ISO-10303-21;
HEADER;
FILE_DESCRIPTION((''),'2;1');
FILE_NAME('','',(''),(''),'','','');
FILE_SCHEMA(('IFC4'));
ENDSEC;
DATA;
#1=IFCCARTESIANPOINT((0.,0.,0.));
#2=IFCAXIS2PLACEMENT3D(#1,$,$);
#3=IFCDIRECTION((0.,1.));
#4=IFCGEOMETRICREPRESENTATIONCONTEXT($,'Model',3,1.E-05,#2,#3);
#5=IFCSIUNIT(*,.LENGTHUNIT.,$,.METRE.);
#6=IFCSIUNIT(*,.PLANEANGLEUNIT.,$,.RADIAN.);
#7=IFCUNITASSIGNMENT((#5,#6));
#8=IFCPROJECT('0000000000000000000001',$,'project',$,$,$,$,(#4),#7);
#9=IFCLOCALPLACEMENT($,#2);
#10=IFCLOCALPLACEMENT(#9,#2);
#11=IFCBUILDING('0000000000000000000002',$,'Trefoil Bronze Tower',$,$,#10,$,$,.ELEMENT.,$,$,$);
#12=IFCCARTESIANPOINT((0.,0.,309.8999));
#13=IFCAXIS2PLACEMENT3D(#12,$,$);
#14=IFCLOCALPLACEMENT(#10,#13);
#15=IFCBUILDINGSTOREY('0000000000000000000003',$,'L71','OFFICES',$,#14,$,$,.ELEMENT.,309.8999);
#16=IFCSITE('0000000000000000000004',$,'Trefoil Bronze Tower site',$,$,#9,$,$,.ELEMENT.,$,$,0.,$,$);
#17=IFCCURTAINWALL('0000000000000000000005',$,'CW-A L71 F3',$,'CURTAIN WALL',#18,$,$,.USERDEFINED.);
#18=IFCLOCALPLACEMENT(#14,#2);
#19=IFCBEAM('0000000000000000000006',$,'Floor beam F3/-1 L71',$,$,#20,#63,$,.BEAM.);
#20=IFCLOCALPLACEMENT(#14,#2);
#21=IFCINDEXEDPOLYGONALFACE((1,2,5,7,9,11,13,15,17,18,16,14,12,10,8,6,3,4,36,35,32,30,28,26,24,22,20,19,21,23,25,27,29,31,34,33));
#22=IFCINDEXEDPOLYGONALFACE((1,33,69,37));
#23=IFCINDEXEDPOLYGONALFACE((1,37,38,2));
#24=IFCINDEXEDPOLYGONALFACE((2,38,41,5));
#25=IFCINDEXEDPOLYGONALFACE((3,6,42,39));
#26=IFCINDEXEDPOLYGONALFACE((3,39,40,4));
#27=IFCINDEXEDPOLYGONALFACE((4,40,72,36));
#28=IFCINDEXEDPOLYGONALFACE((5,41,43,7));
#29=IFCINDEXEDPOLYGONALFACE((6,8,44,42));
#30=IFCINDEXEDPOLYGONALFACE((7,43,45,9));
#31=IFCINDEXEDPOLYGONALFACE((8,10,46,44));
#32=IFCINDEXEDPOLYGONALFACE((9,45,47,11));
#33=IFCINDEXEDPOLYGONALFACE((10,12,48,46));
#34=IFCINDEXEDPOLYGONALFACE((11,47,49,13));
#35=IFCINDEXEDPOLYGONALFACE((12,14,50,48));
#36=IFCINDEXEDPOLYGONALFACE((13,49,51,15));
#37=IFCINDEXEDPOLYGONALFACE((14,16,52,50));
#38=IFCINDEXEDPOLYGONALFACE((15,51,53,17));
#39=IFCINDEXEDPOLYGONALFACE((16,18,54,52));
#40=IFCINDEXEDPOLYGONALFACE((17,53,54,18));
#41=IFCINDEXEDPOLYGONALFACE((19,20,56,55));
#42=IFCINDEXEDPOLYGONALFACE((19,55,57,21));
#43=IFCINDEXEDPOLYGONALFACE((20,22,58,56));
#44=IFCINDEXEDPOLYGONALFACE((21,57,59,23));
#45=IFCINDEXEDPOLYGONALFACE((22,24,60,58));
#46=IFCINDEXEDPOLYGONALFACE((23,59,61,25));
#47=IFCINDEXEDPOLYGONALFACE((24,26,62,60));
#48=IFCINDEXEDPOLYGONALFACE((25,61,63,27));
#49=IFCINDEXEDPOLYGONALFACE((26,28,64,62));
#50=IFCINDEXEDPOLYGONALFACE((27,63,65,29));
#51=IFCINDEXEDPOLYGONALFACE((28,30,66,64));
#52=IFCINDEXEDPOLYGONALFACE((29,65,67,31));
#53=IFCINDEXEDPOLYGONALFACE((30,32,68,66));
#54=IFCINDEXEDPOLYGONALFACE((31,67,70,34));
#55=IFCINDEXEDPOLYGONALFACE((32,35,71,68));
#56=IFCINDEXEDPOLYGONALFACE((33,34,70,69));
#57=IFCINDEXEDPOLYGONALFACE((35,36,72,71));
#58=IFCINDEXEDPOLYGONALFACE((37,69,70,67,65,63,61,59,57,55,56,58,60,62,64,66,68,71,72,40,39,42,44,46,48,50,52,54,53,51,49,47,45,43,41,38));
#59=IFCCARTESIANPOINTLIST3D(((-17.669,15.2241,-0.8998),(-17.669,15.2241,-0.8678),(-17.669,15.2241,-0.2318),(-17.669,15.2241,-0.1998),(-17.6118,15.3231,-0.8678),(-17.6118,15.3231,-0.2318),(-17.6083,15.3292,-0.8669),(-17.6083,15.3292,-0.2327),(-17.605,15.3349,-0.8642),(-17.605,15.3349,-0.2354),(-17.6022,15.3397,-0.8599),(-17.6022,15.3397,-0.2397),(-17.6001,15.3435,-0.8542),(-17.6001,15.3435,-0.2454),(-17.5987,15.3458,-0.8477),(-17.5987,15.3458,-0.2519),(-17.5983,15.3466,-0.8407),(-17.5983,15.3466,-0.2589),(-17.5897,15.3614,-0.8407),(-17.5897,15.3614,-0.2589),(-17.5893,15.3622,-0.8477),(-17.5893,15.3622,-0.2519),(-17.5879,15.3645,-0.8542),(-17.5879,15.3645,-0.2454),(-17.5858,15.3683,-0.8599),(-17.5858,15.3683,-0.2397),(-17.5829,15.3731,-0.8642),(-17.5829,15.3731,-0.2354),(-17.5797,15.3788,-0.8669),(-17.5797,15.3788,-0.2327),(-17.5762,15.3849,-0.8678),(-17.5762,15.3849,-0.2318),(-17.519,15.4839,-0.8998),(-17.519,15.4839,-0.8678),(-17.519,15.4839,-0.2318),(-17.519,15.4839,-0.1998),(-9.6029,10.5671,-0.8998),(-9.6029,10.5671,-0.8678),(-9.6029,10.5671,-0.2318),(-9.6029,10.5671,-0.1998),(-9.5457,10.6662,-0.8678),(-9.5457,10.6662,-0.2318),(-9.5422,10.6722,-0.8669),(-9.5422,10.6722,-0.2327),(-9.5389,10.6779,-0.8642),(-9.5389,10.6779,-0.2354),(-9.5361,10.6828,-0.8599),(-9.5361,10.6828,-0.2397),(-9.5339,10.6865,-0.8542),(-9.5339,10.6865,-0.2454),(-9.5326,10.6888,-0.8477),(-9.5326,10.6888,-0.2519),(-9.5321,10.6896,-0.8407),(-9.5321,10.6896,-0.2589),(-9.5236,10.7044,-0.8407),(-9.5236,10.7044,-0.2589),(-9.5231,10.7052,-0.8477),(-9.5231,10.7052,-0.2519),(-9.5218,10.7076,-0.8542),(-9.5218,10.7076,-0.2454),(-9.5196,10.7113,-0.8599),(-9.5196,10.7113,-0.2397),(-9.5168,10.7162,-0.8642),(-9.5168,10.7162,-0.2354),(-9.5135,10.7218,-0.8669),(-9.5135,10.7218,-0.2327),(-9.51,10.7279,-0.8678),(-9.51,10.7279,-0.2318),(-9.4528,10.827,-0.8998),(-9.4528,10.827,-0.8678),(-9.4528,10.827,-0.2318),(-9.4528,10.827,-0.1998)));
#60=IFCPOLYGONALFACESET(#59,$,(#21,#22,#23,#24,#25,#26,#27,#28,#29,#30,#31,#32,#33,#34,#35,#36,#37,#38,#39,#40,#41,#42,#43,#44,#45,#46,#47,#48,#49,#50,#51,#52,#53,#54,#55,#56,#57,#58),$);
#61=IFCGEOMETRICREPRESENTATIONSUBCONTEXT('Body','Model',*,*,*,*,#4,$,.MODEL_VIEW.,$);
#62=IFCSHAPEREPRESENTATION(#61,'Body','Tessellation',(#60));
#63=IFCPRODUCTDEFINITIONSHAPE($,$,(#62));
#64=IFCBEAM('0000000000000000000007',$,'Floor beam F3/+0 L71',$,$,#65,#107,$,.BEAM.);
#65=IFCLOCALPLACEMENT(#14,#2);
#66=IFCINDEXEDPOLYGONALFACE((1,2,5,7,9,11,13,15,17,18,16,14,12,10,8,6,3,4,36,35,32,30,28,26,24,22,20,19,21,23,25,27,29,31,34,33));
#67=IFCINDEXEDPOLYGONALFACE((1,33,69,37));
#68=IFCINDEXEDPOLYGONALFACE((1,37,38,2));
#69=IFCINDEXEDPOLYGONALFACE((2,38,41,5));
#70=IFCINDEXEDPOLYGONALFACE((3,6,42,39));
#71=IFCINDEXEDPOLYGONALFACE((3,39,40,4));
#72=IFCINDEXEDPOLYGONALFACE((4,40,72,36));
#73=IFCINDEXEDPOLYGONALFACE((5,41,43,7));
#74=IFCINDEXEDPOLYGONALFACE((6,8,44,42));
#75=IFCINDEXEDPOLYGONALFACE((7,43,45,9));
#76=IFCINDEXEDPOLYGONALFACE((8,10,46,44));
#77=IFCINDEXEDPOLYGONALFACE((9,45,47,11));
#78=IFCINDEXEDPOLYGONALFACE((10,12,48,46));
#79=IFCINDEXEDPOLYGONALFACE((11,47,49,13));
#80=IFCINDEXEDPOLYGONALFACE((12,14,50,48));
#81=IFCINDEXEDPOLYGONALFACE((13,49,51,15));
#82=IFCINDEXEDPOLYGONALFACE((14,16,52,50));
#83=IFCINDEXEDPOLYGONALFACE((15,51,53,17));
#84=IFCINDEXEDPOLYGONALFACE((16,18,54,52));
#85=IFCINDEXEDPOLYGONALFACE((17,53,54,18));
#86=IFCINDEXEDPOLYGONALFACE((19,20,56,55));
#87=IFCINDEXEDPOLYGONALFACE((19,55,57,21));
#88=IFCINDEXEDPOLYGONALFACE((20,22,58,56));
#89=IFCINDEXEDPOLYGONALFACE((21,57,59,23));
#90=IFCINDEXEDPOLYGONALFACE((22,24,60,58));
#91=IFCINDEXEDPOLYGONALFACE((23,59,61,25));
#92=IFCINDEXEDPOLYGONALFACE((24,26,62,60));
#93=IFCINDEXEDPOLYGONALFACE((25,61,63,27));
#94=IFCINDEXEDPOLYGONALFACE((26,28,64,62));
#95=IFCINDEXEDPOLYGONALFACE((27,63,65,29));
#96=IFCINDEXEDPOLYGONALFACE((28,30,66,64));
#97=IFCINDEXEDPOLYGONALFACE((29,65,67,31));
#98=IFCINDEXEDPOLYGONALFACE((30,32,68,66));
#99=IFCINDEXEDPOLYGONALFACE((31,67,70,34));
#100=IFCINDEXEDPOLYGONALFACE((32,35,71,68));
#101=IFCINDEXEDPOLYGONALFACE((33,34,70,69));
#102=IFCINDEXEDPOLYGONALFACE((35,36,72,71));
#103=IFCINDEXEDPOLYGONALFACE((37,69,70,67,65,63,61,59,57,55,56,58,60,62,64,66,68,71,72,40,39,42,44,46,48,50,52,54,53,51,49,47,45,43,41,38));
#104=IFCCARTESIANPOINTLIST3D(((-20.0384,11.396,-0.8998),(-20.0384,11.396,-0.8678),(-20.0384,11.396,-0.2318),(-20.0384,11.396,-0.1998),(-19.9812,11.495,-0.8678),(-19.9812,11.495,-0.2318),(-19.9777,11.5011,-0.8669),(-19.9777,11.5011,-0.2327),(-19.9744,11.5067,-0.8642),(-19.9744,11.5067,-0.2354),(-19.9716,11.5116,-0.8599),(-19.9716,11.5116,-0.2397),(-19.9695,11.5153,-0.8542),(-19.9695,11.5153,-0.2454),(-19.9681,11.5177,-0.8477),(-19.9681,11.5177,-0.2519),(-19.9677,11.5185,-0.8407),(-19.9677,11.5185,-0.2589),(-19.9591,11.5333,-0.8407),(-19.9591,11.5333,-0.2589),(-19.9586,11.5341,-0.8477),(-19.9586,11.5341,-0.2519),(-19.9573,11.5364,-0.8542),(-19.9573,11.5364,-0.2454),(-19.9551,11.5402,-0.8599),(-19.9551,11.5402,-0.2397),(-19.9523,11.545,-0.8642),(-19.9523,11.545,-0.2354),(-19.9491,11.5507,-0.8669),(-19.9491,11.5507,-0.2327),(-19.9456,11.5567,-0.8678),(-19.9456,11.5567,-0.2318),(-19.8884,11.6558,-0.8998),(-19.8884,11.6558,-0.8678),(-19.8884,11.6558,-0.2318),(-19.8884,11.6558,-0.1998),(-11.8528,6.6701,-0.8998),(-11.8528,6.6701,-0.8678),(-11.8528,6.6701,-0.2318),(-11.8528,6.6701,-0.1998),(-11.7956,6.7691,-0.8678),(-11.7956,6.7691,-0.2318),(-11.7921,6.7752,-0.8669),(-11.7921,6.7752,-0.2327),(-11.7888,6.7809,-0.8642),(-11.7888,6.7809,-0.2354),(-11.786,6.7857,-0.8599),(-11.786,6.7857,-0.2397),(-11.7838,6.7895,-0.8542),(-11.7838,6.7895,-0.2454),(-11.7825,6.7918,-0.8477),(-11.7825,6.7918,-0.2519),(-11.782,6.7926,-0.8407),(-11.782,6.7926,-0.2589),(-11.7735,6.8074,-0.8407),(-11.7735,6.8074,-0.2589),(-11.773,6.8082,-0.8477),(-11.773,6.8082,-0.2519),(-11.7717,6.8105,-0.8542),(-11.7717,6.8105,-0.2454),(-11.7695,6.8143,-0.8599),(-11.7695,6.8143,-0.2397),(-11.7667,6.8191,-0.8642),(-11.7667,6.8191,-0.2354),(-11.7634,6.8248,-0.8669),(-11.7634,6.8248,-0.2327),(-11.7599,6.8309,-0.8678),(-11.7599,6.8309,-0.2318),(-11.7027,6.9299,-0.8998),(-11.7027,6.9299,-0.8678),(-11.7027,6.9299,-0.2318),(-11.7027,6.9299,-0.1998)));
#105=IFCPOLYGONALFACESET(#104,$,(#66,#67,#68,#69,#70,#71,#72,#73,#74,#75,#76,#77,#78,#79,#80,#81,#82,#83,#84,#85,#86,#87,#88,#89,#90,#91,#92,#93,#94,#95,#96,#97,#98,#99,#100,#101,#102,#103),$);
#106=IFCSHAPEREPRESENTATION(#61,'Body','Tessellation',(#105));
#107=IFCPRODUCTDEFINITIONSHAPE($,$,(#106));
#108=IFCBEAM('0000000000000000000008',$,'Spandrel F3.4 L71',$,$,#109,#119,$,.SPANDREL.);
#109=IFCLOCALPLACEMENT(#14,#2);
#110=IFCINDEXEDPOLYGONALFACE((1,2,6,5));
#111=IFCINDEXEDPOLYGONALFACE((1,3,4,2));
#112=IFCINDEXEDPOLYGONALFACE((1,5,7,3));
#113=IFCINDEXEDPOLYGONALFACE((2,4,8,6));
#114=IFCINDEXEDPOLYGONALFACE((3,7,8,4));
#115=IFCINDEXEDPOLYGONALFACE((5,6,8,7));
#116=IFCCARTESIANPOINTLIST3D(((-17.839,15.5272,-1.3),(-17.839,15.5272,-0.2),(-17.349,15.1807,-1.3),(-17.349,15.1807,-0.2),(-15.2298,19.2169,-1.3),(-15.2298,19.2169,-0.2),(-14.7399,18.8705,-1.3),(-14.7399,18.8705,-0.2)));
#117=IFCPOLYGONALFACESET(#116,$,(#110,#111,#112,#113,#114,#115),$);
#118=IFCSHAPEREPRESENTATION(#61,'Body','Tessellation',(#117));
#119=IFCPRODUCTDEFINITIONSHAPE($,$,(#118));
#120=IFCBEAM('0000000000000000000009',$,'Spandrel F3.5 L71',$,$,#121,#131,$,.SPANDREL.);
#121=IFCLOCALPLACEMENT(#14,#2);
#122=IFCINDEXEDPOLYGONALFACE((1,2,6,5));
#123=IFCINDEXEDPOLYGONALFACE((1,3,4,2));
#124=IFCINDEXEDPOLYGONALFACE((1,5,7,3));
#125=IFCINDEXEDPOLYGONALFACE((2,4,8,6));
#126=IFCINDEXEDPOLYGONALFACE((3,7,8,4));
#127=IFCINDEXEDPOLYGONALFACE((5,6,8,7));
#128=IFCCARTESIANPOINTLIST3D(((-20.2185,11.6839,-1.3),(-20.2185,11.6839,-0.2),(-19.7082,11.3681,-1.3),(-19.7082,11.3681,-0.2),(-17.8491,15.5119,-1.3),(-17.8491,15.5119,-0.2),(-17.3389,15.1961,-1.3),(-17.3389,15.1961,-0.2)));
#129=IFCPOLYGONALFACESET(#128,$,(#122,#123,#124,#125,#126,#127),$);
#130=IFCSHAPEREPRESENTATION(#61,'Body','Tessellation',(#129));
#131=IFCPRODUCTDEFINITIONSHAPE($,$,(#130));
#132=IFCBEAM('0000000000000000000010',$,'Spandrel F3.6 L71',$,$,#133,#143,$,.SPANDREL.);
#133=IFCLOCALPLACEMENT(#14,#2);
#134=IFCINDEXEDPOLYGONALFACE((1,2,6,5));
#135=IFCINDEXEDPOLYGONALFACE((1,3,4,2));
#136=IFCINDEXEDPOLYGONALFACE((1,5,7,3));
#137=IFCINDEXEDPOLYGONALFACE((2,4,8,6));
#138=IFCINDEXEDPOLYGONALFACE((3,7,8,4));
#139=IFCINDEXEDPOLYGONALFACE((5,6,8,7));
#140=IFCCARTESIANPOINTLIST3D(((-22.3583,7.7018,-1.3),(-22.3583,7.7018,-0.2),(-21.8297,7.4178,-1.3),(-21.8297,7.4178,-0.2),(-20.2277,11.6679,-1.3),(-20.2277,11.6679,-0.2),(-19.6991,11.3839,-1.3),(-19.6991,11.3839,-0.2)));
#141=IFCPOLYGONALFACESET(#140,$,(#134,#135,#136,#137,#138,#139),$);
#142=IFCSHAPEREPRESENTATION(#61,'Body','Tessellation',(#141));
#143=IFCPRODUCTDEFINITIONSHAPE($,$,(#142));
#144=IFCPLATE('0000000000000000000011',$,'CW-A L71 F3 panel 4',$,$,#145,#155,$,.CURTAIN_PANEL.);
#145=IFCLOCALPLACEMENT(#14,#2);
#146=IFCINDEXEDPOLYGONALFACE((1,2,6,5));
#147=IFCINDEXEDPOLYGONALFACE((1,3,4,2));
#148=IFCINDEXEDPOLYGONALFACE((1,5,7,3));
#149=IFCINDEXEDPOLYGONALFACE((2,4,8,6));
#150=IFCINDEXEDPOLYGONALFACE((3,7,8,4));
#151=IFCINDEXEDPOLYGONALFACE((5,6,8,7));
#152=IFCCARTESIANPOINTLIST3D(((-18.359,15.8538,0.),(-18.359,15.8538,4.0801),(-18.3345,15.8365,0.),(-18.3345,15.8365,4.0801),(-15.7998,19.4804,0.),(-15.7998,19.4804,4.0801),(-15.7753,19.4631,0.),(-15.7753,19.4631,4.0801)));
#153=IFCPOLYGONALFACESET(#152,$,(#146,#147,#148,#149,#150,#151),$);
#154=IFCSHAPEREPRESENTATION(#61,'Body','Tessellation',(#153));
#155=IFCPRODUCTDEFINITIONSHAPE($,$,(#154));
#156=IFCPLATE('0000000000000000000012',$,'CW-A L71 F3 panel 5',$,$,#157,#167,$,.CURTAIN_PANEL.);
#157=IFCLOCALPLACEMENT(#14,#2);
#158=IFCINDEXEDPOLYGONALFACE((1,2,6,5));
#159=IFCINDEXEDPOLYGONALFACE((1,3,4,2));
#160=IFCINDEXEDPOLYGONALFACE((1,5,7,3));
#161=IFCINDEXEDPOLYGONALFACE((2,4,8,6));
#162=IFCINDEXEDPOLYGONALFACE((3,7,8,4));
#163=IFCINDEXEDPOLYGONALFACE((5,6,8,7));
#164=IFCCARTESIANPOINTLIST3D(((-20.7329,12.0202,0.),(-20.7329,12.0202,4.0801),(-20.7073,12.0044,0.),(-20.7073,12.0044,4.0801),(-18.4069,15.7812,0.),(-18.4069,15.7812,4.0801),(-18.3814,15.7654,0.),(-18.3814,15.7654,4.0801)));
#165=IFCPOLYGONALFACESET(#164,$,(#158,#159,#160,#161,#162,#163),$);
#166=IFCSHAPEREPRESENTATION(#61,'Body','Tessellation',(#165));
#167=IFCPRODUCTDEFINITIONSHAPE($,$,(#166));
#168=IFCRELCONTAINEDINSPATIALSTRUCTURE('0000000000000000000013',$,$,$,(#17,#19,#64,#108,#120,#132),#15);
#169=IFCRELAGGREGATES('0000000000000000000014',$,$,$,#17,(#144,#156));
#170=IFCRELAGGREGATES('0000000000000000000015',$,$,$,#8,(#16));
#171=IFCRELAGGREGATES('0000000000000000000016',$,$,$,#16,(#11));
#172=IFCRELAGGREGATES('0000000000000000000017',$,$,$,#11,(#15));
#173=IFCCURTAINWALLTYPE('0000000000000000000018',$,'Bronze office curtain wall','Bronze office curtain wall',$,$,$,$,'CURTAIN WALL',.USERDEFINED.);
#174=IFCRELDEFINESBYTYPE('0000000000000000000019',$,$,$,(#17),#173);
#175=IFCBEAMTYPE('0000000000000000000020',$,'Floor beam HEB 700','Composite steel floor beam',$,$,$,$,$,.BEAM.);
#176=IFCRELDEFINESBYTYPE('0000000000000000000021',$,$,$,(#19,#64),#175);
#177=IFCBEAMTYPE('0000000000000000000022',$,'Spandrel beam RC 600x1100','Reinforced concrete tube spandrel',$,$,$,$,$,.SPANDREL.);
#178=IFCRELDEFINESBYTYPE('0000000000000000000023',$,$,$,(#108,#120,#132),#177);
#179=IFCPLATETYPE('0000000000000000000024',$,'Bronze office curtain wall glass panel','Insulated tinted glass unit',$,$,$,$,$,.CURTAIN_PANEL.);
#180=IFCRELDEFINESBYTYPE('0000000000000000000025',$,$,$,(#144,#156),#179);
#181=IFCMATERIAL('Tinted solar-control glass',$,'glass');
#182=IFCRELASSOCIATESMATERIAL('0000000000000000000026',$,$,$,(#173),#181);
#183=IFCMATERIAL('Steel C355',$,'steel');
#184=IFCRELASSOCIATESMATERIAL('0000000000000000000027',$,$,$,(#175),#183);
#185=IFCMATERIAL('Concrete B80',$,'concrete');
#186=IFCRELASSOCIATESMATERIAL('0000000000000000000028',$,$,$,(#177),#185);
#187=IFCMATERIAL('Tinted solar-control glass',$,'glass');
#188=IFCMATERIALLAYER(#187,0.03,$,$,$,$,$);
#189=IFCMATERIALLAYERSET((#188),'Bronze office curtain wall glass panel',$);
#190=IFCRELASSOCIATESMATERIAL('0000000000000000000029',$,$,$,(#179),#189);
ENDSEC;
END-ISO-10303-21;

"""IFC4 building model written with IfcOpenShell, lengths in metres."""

from ifc_helpers import new_model, si_unit, direction, frame, origin, origin_2d, place, context, subcontext, project, spatial, rectangle, i_section, extrude, material, layer, layer_set, material_profile, profile_set, type_object, element, aggregate, save


model = new_model("IFC4")

# Units and contexts
model_context = context("Model", 3, precision=1e-05, world=origin(), true_north=direction((0.0, 1.0)))
body_context = subcontext(model_context, "Body", "Model", "MODEL_VIEW")
ifc_project = project(units=[si_unit("LENGTHUNIT", "METRE"), si_unit("PLANEANGLEUNIT", "RADIAN")], contexts=[model_context])

# Site, building, storey
site_placement = place(None, origin())
site = spatial("IfcSite", under=ifc_project, at=site_placement, Name="Trefoil Bronze Tower site", CompositionType="ELEMENT", RefElevation=0.0)
building_placement = place(site_placement, origin())
building = spatial("IfcBuilding", under=site, at=building_placement, Name="Trefoil Bronze Tower", CompositionType="ELEMENT")
storey_placement = place(building_placement, frame((0.0, 0.0, 309.8999)))
storey = spatial("IfcBuildingStorey", under=building, at=storey_placement, Name="L71", Description="OFFICES", CompositionType="ELEMENT", Elevation=309.8999)

# Curtain wall
ifc_material_1 = material(Name="Tinted solar-control glass", Category="glass")
curtain_wall_type = type_object("IfcCurtainWallType", Name="Bronze office curtain wall", Description="Bronze office curtain wall", ElementType="CURTAIN WALL", PredefinedType="USERDEFINED", material=ifc_material_1)
curtain_wall_placement = place(storey_placement, origin())
curtain_wall = element("IfcCurtainWall", 1, at=curtain_wall_placement, inside=storey, type_object=curtain_wall_type, Name="CW-A L71 F3", ObjectType="CURTAIN WALL", PredefinedType="USERDEFINED")

# Beams
ifc_material_2 = material(Name="Steel C355", Category="steel")
ifc_material_profile_1 = material_profile(ifc_material_2, i_section(OverallWidth=0.3, OverallDepth=0.7, WebThickness=0.0171, FlangeThickness=0.032, FilletRadius=0.0271, at=origin_2d()), Name="HEB 700")
ifc_profile_set_1 = profile_set([ifc_material_profile_1], Name="Steel C355")
beam_type_1 = type_object("IfcBeamType", Name="Floor beam HEB 700", Description="Composite steel floor beam", PredefinedType="BEAM", material=ifc_profile_set_1)
beam_1_placement = place(storey_placement, frame((-17.594, 15.354, -0.5498), z_axis=(0.866026, -0.499999, 0.0), x_axis=(0.499999, 0.866026, 0.0)))
element("IfcBeam", 2, at=beam_1_placement, inside=storey, type_object=beam_type_1, Name="Floor beam F3/-1 L71", PredefinedType="BEAM", context=body_context, shape_type="SweptSolid", body=[
    extrude(i_section(OverallWidth=0.3, OverallDepth=0.7, WebThickness=0.0171, FlangeThickness=0.032, FilletRadius=0.0271, at=origin_2d()), origin(), (0.0, 0.0, 1.0), 9.314),
])
beam_2_placement = place(storey_placement, frame((-19.9634, 11.5259, -0.5498), z_axis=(0.86603, -0.499992, 0.0), x_axis=(0.499992, 0.86603, 0.0)))
element("IfcBeam", 3, at=beam_2_placement, inside=storey, type_object=beam_type_1, Name="Floor beam F3/+0 L71", PredefinedType="BEAM", context=body_context, shape_type="SweptSolid", body=[
    extrude(i_section(OverallWidth=0.3, OverallDepth=0.7, WebThickness=0.0171, FlangeThickness=0.032, FilletRadius=0.0271, at=origin_2d()), origin(), (0.0, 0.0, 1.0), 9.4519),
])
ifc_material_3 = material(Name="Concrete B80", Category="concrete")
ifc_material_profile_2 = material_profile(ifc_material_3, rectangle(XDim=0.6001, YDim=1.1001, at=origin_2d()), Name="RC 600x1100")
ifc_profile_set_2 = profile_set([ifc_material_profile_2], Name="Concrete B80")
beam_type_2 = type_object("IfcBeamType", Name="Spandrel beam RC 600x1100", Description="Reinforced concrete tube spandrel", PredefinedType="SPANDREL", material=ifc_profile_set_2)
beam_3_placement = place(storey_placement, frame((-14.9849, 19.0437, -0.75), z_axis=(-0.577368, -0.816484, 0.0), x_axis=(0.816484, -0.577368, 0.0)))
element("IfcBeam", 4, at=beam_3_placement, inside=storey, type_object=beam_type_2, Name="Spandrel F3.4 L71", PredefinedType="SPANDREL", context=body_context, shape_type="SweptSolid", body=[
    extrude(rectangle(XDim=0.6001, YDim=1.1001, at=origin_2d()), origin(), (0.0, 0.0, 1.0), 4.519),
])
beam_4_placement = place(storey_placement, frame((-17.594, 15.354, -0.75), z_axis=(-0.526289, -0.850306, 0.0), x_axis=(0.850306, -0.526289, 0.0)))
element("IfcBeam", 5, at=beam_4_placement, inside=storey, type_object=beam_type_2, Name="Spandrel F3.5 L71", PredefinedType="SPANDREL", context=body_context, shape_type="SweptSolid", body=[
    extrude(rectangle(XDim=0.6001, YDim=1.1001, at=origin_2d()), origin(), (0.0, 0.0, 1.0), 4.502),
])
beam_5_placement = place(storey_placement, frame((-19.9634, 11.5259, -0.75), z_axis=(-0.473246, -0.88093, 0.0), x_axis=(0.88093, -0.473246, 0.0)))
element("IfcBeam", 6, at=beam_5_placement, inside=storey, type_object=beam_type_2, Name="Spandrel F3.6 L71", PredefinedType="SPANDREL", context=body_context, shape_type="SweptSolid", body=[
    extrude(rectangle(XDim=0.6001, YDim=1.1001, at=origin_2d()), origin(), (0.0, 0.0, 1.0), 4.5022),
])

# Plates
ifc_material_4 = material(Name="Tinted solar-control glass", Category="glass")
ifc_layer_1 = layer(ifc_material_4, 0.03)
ifc_layer_set_1 = layer_set([ifc_layer_1], Name="Bronze office curtain wall glass panel")
plate_type = type_object("IfcPlateType", Name="Bronze office curtain wall glass panel", Description="Insulated tinted glass unit", PredefinedType="CURTAIN_PANEL", material=ifc_layer_set_1)
plate_1_placement = place(storey_placement, frame((-17.0671, 17.6584, 0.0), z_axis=(0.0, 0.0, 1.0), x_axis=(-0.576561, -0.817054, 0.0)))
plate_1 = element("IfcPlate", 7, at=plate_1_placement, type_object=plate_type, Name="CW-A L71 F3 panel 4", PredefinedType="CURTAIN_PANEL", context=body_context, shape_type="SweptSolid", body=[
    extrude(rectangle(XDim=4.4387, YDim=0.03, at=origin_2d()), origin(), (0.0, 0.0, 1.0), 4.0801),
])
plate_2_placement = place(storey_placement, frame((-19.5571, 13.8928, 0.0), z_axis=(0.0, 0.0, 1.0), x_axis=(-0.52598, -0.850497, 0.0)))
plate_2 = element("IfcPlate", 8, at=plate_2_placement, type_object=plate_type, Name="CW-A L71 F3 panel 5", PredefinedType="CURTAIN_PANEL", context=body_context, shape_type="SweptSolid", body=[
    extrude(rectangle(XDim=4.4221, YDim=0.03, at=origin_2d()), origin(), (0.0, 0.0, 1.0), 4.0801),
])
aggregate(curtain_wall, [plate_1, plate_2])

save(model, "model.ifc")
